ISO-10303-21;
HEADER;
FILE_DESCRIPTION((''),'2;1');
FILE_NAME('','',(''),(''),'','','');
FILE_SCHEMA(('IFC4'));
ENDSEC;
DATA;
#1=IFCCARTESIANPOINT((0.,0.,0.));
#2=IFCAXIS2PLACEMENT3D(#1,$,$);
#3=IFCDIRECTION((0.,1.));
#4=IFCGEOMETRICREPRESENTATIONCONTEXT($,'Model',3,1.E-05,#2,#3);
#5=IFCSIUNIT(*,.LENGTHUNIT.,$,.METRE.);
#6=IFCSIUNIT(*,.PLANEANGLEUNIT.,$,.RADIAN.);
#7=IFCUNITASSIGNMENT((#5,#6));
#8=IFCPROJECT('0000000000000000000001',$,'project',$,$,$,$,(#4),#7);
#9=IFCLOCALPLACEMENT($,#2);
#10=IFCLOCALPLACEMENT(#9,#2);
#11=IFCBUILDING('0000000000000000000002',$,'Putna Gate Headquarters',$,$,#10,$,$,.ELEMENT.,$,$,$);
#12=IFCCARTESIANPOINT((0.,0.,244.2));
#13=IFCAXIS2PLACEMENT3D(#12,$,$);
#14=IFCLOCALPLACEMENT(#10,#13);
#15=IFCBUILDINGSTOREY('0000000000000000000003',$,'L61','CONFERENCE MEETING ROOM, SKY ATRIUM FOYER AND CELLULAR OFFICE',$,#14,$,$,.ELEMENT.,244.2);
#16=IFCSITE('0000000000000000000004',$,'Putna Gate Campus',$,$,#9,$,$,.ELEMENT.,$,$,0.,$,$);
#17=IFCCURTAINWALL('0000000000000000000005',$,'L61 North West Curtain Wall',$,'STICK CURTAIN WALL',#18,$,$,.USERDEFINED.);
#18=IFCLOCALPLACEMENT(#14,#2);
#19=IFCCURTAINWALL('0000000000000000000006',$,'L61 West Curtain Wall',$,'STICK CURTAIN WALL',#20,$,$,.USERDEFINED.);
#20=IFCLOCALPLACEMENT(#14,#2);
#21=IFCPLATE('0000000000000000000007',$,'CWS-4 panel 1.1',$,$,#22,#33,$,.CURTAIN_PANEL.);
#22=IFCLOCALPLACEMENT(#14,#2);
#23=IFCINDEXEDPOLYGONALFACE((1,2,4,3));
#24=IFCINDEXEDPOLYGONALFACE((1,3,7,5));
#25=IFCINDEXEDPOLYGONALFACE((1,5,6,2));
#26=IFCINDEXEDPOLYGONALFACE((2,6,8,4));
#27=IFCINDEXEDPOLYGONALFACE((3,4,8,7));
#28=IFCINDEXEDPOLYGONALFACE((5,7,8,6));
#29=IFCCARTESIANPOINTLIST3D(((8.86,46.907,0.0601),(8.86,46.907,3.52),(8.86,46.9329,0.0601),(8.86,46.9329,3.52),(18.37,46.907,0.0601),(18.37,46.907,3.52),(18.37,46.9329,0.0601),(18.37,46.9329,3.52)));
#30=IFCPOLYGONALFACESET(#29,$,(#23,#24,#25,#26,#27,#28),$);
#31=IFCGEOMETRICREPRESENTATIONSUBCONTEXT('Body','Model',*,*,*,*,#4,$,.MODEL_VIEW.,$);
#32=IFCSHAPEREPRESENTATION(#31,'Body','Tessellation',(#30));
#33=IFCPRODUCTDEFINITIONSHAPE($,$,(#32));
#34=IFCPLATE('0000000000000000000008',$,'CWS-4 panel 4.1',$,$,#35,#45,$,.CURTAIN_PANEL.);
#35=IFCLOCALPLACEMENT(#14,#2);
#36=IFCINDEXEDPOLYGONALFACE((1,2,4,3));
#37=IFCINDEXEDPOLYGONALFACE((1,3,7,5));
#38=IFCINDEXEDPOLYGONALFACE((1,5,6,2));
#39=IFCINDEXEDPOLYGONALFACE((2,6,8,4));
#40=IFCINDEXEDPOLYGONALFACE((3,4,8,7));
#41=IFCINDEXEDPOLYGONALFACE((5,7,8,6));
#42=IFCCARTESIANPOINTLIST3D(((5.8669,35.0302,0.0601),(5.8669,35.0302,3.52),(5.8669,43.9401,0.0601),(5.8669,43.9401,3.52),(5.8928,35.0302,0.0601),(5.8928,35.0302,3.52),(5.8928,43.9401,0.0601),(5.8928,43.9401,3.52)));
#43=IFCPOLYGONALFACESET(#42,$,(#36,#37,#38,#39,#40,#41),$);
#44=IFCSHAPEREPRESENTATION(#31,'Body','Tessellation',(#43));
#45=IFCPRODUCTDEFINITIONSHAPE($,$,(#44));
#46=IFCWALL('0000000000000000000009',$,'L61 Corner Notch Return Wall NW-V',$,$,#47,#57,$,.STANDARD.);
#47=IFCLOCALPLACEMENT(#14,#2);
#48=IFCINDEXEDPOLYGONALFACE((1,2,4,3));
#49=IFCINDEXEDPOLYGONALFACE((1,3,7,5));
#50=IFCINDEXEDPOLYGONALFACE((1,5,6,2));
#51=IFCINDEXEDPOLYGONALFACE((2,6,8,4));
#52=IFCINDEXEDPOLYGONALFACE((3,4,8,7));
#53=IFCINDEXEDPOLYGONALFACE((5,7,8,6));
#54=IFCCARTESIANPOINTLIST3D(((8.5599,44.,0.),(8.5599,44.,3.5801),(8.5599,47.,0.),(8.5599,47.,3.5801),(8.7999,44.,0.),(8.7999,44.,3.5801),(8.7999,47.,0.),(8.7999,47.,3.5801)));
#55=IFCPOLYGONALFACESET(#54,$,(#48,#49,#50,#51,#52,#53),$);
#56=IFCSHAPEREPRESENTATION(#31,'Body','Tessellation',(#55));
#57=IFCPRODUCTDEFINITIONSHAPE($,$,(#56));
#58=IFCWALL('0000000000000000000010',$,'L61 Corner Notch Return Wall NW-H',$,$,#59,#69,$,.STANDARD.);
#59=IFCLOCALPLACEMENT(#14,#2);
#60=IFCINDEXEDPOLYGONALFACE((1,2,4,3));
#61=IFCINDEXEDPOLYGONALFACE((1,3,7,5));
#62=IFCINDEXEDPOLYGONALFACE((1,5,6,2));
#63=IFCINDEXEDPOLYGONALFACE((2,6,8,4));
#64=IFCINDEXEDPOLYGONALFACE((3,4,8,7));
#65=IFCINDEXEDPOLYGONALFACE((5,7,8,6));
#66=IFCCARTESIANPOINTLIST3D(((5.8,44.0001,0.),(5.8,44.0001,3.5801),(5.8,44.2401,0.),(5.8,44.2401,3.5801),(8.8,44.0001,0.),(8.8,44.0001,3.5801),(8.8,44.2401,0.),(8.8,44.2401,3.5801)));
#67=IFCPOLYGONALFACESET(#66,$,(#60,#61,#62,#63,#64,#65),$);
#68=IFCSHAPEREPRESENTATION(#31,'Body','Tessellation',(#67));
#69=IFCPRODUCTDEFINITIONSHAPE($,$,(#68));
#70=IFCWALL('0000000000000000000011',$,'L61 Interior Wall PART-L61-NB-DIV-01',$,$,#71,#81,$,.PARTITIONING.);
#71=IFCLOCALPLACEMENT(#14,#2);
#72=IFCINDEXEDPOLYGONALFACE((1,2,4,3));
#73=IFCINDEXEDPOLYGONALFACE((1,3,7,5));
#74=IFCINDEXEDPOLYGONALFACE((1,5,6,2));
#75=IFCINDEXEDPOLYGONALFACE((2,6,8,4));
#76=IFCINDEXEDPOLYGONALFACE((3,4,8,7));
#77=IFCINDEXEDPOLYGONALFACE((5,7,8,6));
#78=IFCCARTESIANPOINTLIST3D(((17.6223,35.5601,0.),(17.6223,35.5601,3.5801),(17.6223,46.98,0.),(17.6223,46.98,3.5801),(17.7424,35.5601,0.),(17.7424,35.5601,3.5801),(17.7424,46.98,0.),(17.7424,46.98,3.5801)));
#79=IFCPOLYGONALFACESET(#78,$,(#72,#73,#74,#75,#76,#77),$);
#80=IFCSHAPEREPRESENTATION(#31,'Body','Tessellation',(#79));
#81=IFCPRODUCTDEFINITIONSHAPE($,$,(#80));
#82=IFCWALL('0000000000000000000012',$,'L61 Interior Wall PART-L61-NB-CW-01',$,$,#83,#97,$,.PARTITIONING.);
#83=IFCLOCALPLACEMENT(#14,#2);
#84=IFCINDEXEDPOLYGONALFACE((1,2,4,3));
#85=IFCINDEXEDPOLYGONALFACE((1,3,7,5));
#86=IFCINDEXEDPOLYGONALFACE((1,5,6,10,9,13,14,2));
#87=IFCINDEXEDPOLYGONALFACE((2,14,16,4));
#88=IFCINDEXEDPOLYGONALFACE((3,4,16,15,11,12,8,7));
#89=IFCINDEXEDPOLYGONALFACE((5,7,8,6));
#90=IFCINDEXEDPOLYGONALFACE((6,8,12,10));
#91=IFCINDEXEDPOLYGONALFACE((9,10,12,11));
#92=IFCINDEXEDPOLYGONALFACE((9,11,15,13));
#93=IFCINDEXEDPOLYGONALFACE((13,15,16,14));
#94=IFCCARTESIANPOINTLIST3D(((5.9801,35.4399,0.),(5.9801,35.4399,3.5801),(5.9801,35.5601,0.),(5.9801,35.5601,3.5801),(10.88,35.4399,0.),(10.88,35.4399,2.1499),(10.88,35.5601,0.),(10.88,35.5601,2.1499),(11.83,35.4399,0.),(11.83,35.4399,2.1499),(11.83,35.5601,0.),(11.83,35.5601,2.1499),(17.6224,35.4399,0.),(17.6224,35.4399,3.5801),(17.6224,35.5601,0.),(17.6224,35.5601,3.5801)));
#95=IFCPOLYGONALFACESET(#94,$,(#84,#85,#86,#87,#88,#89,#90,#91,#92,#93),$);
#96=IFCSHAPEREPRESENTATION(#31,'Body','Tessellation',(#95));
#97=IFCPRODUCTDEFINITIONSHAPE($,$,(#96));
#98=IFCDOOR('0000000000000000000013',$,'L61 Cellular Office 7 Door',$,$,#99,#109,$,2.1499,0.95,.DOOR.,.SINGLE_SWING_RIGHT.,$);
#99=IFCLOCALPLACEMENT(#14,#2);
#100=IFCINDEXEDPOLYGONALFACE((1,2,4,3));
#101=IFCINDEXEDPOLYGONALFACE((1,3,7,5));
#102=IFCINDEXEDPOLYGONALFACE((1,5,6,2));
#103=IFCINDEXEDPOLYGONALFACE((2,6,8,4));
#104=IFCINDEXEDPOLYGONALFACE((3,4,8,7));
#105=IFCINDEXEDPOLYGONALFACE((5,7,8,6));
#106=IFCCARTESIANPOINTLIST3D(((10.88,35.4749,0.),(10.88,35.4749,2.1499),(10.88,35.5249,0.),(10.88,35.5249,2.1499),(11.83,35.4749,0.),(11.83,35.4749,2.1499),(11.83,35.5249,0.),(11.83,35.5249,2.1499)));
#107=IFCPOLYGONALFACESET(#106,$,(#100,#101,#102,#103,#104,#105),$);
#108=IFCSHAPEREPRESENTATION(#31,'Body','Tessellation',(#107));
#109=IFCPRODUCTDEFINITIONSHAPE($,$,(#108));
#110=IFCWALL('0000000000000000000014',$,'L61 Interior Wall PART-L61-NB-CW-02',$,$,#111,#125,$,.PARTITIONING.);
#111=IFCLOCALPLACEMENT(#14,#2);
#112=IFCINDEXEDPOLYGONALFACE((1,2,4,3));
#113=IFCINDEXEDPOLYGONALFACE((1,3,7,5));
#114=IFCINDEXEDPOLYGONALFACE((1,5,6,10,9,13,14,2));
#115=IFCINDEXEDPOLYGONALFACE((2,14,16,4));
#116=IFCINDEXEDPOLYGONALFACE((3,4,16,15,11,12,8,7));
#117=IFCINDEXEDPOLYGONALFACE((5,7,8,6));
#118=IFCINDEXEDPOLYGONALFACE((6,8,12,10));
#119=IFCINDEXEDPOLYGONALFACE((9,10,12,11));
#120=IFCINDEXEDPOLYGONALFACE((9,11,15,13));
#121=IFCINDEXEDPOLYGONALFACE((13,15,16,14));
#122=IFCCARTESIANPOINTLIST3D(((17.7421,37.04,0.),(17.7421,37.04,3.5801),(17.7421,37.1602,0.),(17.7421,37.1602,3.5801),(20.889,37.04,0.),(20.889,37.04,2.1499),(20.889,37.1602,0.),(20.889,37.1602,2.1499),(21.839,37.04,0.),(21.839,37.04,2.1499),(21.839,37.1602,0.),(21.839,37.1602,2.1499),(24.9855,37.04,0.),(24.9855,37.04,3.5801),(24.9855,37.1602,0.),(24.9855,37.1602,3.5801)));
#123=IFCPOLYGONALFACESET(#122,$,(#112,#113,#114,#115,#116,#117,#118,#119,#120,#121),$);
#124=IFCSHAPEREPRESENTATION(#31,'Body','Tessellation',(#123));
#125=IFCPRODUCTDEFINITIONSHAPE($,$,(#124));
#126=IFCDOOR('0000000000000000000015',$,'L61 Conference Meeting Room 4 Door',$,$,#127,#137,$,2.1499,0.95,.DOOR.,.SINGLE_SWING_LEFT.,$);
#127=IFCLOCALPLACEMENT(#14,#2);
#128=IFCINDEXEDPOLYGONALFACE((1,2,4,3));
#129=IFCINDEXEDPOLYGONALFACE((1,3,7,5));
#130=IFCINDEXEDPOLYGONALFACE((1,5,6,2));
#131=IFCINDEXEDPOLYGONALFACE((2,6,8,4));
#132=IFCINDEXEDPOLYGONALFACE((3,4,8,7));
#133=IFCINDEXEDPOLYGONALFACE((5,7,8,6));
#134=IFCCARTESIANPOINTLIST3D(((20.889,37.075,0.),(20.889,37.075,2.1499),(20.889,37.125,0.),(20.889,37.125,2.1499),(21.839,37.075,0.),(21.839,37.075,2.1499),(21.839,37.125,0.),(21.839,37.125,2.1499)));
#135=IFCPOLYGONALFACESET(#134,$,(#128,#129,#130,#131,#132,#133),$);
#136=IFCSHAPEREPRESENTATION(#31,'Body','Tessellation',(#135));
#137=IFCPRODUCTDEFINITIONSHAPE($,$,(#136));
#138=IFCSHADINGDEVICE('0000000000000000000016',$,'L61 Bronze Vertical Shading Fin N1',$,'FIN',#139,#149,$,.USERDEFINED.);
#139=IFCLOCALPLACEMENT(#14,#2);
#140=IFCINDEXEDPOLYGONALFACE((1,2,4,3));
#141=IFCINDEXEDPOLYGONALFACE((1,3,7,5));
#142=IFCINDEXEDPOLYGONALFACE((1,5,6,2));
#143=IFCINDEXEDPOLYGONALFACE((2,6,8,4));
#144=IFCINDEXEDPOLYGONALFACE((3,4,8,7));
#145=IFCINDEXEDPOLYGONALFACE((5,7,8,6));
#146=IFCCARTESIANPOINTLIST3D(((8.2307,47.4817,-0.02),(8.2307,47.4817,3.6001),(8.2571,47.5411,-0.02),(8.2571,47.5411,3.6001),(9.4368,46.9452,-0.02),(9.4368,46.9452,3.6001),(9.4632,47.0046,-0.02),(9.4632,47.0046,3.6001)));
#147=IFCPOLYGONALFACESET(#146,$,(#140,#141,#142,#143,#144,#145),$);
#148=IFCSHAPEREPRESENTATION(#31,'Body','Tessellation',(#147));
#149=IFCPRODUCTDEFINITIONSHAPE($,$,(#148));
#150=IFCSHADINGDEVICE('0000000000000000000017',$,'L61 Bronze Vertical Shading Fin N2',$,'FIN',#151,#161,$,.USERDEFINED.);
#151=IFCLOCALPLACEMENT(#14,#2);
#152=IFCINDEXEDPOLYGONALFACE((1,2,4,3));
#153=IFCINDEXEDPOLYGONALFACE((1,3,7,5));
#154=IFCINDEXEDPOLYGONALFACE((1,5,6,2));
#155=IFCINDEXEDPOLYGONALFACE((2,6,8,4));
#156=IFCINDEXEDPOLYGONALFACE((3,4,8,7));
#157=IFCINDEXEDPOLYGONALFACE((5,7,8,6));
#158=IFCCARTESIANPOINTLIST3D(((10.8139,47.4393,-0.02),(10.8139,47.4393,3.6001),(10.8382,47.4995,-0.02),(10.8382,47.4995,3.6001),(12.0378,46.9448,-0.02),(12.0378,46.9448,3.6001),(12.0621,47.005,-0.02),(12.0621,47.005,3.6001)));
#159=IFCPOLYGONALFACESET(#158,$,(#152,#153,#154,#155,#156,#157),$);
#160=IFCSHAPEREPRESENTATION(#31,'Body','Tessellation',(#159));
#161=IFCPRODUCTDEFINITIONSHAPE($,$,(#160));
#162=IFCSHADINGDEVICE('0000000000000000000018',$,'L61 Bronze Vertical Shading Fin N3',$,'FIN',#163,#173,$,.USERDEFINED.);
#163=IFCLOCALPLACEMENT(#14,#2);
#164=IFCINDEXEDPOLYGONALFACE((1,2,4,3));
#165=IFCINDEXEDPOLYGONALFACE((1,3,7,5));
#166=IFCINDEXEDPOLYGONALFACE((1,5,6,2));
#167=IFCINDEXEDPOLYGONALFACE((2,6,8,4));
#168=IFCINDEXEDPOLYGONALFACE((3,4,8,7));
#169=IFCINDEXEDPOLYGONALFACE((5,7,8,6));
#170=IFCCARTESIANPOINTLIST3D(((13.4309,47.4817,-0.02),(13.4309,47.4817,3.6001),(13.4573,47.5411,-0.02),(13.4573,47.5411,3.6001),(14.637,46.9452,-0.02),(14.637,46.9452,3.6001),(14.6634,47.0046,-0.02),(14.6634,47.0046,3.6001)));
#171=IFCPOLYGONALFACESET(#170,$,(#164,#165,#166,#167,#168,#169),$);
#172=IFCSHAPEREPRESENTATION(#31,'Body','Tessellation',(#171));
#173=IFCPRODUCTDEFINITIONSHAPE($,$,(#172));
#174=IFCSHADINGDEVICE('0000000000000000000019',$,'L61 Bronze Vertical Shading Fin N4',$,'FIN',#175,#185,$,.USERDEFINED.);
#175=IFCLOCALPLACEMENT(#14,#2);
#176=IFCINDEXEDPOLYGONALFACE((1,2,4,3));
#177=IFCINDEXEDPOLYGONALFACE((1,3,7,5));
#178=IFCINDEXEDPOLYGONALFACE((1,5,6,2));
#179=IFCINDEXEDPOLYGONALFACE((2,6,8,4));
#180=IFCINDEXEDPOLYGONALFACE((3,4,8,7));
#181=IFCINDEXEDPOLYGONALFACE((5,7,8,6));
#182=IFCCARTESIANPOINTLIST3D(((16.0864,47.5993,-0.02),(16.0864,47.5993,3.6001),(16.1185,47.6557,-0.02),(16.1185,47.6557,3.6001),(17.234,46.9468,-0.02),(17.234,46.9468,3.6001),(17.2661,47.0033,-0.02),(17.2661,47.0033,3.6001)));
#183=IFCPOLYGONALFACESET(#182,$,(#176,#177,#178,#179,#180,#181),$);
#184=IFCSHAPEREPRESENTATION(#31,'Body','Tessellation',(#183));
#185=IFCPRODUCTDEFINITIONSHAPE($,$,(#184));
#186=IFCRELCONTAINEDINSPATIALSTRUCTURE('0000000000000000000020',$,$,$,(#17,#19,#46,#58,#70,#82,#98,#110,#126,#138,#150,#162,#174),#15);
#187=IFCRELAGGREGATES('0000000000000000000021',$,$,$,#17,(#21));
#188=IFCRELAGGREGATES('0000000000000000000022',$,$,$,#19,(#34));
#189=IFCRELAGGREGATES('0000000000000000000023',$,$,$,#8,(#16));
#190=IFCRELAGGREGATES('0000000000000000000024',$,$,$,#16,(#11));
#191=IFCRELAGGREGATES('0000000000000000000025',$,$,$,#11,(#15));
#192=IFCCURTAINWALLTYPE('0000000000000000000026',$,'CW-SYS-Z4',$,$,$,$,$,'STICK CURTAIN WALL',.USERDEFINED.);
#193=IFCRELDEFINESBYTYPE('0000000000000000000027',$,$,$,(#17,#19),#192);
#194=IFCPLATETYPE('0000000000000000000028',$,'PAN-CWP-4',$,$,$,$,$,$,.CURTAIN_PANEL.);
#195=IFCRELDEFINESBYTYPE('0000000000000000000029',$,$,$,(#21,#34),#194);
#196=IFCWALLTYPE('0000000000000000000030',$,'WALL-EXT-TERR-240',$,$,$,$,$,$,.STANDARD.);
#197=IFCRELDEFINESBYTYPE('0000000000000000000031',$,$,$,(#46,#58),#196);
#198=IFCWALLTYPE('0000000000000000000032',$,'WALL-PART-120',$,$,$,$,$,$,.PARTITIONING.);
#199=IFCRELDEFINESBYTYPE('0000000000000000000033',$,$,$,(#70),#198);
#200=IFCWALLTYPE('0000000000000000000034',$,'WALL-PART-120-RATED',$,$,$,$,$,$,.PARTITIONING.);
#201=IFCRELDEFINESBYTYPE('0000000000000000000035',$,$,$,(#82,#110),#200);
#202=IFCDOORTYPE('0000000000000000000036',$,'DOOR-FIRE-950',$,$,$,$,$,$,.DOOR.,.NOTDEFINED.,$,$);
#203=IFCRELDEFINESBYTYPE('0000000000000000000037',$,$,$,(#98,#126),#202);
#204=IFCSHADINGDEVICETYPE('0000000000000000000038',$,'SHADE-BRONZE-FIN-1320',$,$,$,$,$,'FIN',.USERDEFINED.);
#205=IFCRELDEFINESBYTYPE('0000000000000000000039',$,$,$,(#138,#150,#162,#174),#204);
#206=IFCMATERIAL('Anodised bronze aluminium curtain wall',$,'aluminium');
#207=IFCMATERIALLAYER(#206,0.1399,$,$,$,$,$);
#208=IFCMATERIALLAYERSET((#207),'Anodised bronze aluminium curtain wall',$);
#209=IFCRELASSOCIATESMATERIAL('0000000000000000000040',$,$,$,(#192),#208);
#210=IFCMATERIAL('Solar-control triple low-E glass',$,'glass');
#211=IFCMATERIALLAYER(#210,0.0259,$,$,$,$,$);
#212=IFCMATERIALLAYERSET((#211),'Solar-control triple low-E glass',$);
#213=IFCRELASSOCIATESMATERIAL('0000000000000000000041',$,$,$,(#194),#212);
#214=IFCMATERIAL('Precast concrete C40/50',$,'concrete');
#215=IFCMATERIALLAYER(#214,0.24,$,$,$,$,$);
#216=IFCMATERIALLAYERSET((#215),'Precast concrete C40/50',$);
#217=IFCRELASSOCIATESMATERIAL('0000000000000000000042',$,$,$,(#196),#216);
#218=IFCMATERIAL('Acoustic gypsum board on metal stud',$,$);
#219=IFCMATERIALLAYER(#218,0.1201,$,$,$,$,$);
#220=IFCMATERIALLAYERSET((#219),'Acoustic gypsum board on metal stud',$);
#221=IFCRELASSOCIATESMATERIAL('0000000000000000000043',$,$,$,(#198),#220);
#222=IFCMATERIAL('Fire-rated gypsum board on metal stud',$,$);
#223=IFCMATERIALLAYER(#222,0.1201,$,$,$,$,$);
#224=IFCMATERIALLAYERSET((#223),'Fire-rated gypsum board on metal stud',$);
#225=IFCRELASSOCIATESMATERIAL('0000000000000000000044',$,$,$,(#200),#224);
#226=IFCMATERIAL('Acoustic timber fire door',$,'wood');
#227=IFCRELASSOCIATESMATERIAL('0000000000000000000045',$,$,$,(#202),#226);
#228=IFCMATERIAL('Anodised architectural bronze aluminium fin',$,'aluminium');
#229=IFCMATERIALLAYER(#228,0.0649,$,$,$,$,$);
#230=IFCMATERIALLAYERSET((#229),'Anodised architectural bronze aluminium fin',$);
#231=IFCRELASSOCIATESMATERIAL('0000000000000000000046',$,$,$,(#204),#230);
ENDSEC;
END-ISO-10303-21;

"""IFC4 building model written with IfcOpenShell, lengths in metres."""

from ifc_helpers import new_model, si_unit, direction, frame, frame_2d, origin, origin_2d, place, context, subcontext, project, spatial, rectangle, extrude, material, layer, layer_set, type_object, element, fill, aggregate, save


model = new_model("IFC4")

# Units and contexts
model_context = context("Model", 3, precision=1e-05, world=origin(), true_north=direction((0.0, 1.0)))
body_context = subcontext(model_context, "Body", "Model", "MODEL_VIEW")
ifc_project = project(units=[si_unit("LENGTHUNIT", "METRE"), si_unit("PLANEANGLEUNIT", "RADIAN")], contexts=[model_context])

# Site, building, storey
site_placement = place(None, origin())
site = spatial("IfcSite", under=ifc_project, at=site_placement, Name="Putna Gate Campus", CompositionType="ELEMENT", RefElevation=0.0)
building_placement = place(site_placement, origin())
building = spatial("IfcBuilding", under=site, at=building_placement, Name="Putna Gate Headquarters", CompositionType="ELEMENT")
storey_placement = place(building_placement, frame((0.0, 0.0, 244.2)))
storey = spatial("IfcBuildingStorey", under=building, at=storey_placement, Name="L61", Description="CONFERENCE MEETING ROOM, SKY ATRIUM FOYER AND CELLULAR OFFICE", CompositionType="ELEMENT", Elevation=244.2)

# Curtain wall
ifc_material_1 = material(Name="Anodised bronze aluminium curtain wall", Category="aluminium")
ifc_layer_1 = layer(ifc_material_1, 0.1399)
ifc_layer_set_1 = layer_set([ifc_layer_1], Name="Anodised bronze aluminium curtain wall")
curtain_wall_type = type_object("IfcCurtainWallType", Name="CW-SYS-Z4", ElementType="STICK CURTAIN WALL", PredefinedType="USERDEFINED", material=ifc_layer_set_1)
curtain_wall_1_placement = place(storey_placement, origin())
curtain_wall_1 = element("IfcCurtainWall", 1, at=curtain_wall_1_placement, inside=storey, type_object=curtain_wall_type, Name="L61 North West Curtain Wall", ObjectType="STICK CURTAIN WALL", PredefinedType="USERDEFINED")

# Curtain wall
curtain_wall_2_placement = place(storey_placement, origin())
curtain_wall_2 = element("IfcCurtainWall", 2, at=curtain_wall_2_placement, inside=storey, type_object=curtain_wall_type, Name="L61 West Curtain Wall", ObjectType="STICK CURTAIN WALL", PredefinedType="USERDEFINED")

# Plates
ifc_material_2 = material(Name="Solar-control triple low-E glass", Category="glass")
ifc_layer_2 = layer(ifc_material_2, 0.0259)
ifc_layer_set_2 = layer_set([ifc_layer_2], Name="Solar-control triple low-E glass")
plate_type = type_object("IfcPlateType", Name="PAN-CWP-4", PredefinedType="CURTAIN_PANEL", material=ifc_layer_set_2)
plate_1_placement = place(storey_placement, frame((13.615, 46.9199, 0.0601), z_axis=(0.0, 0.0, 1.0), x_axis=(1.0, 0.0, 0.0)))
plate_1 = element("IfcPlate", 3, at=plate_1_placement, type_object=plate_type, Name="CWS-4 panel 1.1", PredefinedType="CURTAIN_PANEL", context=body_context, shape_type="SweptSolid", body=[
    extrude(rectangle(XDim=9.51, YDim=0.0259, at=origin_2d()), origin(), (0.0, 0.0, 1.0), 3.46),
])
aggregate(curtain_wall_1, [plate_1])
plate_2_placement = place(storey_placement, frame((5.8799, 39.4851, 0.0601), z_axis=(0.0, 0.0, 1.0), x_axis=(0.0, 1.0, 0.0)))
plate_2 = element("IfcPlate", 4, at=plate_2_placement, type_object=plate_type, Name="CWS-4 panel 4.1", PredefinedType="CURTAIN_PANEL", context=body_context, shape_type="SweptSolid", body=[
    extrude(rectangle(XDim=8.9099, YDim=0.0259, at=origin_2d()), origin(), (0.0, 0.0, 1.0), 3.46),
])
aggregate(curtain_wall_2, [plate_2])

# Walls
ifc_material_3 = material(Name="Precast concrete C40/50", Category="concrete")
ifc_layer_3 = layer(ifc_material_3, 0.24)
ifc_layer_set_3 = layer_set([ifc_layer_3], Name="Precast concrete C40/50")
wall_type_1 = type_object("IfcWallType", Name="WALL-EXT-TERR-240", PredefinedType="STANDARD", material=ifc_layer_set_3)
for number, where, z_axis, x_axis, name in (
    (5, (8.6799, 44.0, 0.0), (0.0, 0.0, 1.0), (0.0, 1.0, 0.0), "L61 Corner Notch Return Wall NW-V"),
    (6, (5.8, 44.1201, 0.0), (0.0, 0.0, 1.0), (1.0, 0.0, 0.0), "L61 Corner Notch Return Wall NW-H"),
):
    element("IfcWall", number, at=place(storey_placement, frame(where, z_axis=z_axis, x_axis=x_axis)), inside=storey, type_object=wall_type_1, Name=name, PredefinedType="STANDARD", context=body_context, shape_type="SweptSolid", body=[
        extrude(rectangle(XDim=3.0, YDim=0.24, at=frame_2d((1.5, 0.0))), origin(), (0.0, 0.0, 1.0), 3.5801),
    ])
ifc_material_4 = material(Name="Acoustic gypsum board on metal stud")
ifc_layer_4 = layer(ifc_material_4, 0.1201)
ifc_layer_set_4 = layer_set([ifc_layer_4], Name="Acoustic gypsum board on metal stud")
wall_type_2 = type_object("IfcWallType", Name="WALL-PART-120", PredefinedType="PARTITIONING", material=ifc_layer_set_4)
wall_1_placement = place(storey_placement, frame((17.6824, 35.5601, 0.0), z_axis=(0.0, 0.0, 1.0), x_axis=(0.0, 1.0, 0.0)))
element("IfcWall", 7, at=wall_1_placement, inside=storey, type_object=wall_type_2, Name="L61 Interior Wall PART-L61-NB-DIV-01", PredefinedType="PARTITIONING", context=body_context, shape_type="SweptSolid", body=[
    extrude(rectangle(XDim=11.4199, YDim=0.1201, at=frame_2d((5.71, 0.0))), origin(), (0.0, 0.0, 1.0), 3.5801),
])

# Walls, openings, doors
ifc_material_5 = material(Name="Fire-rated gypsum board on metal stud")
ifc_layer_5 = layer(ifc_material_5, 0.1201)
ifc_layer_set_5 = layer_set([ifc_layer_5], Name="Fire-rated gypsum board on metal stud")
wall_type_3 = type_object("IfcWallType", Name="WALL-PART-120-RATED", PredefinedType="PARTITIONING", material=ifc_layer_set_5)
wall_2_placement = place(storey_placement, frame((5.98, 35.5, 0.0), z_axis=(0.0, 0.0, 1.0), x_axis=(1.0, 0.0, 0.0)))
wall_2 = element("IfcWall", 8, at=wall_2_placement, inside=storey, type_object=wall_type_3, Name="L61 Interior Wall PART-L61-NB-CW-01", PredefinedType="PARTITIONING", context=body_context, shape_type="SweptSolid", body=[
    extrude(rectangle(XDim=11.6423, YDim=0.1201, at=frame_2d((5.8213, 0.0))), origin(), (0.0, 0.0, 1.0), 3.5801),
])
opening_1_placement = place(wall_2_placement, frame((4.8999, 0.0, 0.0)))
opening_1 = element("IfcOpeningElement", 9, at=opening_1_placement, cuts=wall_2, PredefinedType="OPENING", context=body_context, shape_type="SweptSolid", body=[
    extrude(rectangle(XDim=0.95, YDim=2.1499, at=frame_2d((0.4751, 1.075))), frame((0.0, 0.0701, 0.0), z_axis=(0.0, -1.0, 0.0), x_axis=(1.0, 0.0, 0.0)), (0.0, 0.0, 1.0), 0.1401),
])
ifc_material_6 = material(Name="Acoustic timber fire door", Category="wood")
door_type = type_object("IfcDoorType", Name="DOOR-FIRE-950", OperationType="NOTDEFINED", PredefinedType="DOOR", material=ifc_material_6)
door_1_placement = place(opening_1_placement, origin())
door_1 = element("IfcDoor", 10, at=door_1_placement, inside=storey, type_object=door_type, Name="L61 Cellular Office 7 Door", OperationType="SINGLE_SWING_RIGHT", OverallHeight=2.1499, OverallWidth=0.95, PredefinedType="DOOR", context=body_context, shape_type="SweptSolid", body=[
    extrude(rectangle(XDim=0.95, YDim=2.1499, at=frame_2d((0.4751, 1.075))), frame((0.0, 0.0249, 0.0), z_axis=(0.0, -1.0, 0.0), x_axis=(1.0, 0.0, 0.0)), (0.0, 0.0, 1.0), 0.05),
])
fill(opening_1, door_1)
wall_3_placement = place(storey_placement, frame((17.7422, 37.1001, 0.0), z_axis=(0.0, 0.0, 1.0), x_axis=(1.0, 0.0, 0.0)))
wall_3 = element("IfcWall", 11, at=wall_3_placement, inside=storey, type_object=wall_type_3, Name="L61 Interior Wall PART-L61-NB-CW-02", PredefinedType="PARTITIONING", context=body_context, shape_type="SweptSolid", body=[
    extrude(rectangle(XDim=7.2434, YDim=0.1201, at=frame_2d((3.6216, 0.0))), origin(), (0.0, 0.0, 1.0), 3.5801),
])
opening_2_placement = place(wall_3_placement, frame((3.1467, 0.0, 0.0)))
opening_2 = element("IfcOpeningElement", 12, at=opening_2_placement, cuts=wall_3, PredefinedType="OPENING", context=body_context, shape_type="SweptSolid", body=[
    extrude(rectangle(XDim=0.95, YDim=2.1499, at=frame_2d((0.4751, 1.075))), frame((0.0, 0.0701, 0.0), z_axis=(0.0, -1.0, 0.0), x_axis=(1.0, 0.0, 0.0)), (0.0, 0.0, 1.0), 0.1401),
])
door_2_placement = place(opening_2_placement, origin())
door_2 = element("IfcDoor", 13, at=door_2_placement, inside=storey, type_object=door_type, Name="L61 Conference Meeting Room 4 Door", OperationType="SINGLE_SWING_LEFT", OverallHeight=2.1499, OverallWidth=0.95, PredefinedType="DOOR", context=body_context, shape_type="SweptSolid", body=[
    extrude(rectangle(XDim=0.95, YDim=2.1499, at=frame_2d((0.4751, 1.075))), frame((0.0, 0.0249, 0.0), z_axis=(0.0, -1.0, 0.0), x_axis=(1.0, 0.0, 0.0)), (0.0, 0.0, 1.0), 0.05),
])
fill(opening_2, door_2)

# Shading devices
ifc_material_7 = material(Name="Anodised architectural bronze aluminium fin", Category="aluminium")
ifc_layer_6 = layer(ifc_material_7, 0.0649)
ifc_layer_set_6 = layer_set([ifc_layer_6], Name="Anodised architectural bronze aluminium fin")
shading_device_type = type_object("IfcShadingDeviceType", Name="SHADE-BRONZE-FIN-1320", ElementType="FIN", PredefinedType="USERDEFINED", material=ifc_layer_set_6)
for number, where, z_axis, x_axis, name in (
    (14, (8.8469, 47.2432, -0.02), (0.0, 0.0, 1.0), (-0.913687, 0.406418, 0.0), "L61 Bronze Vertical Shading Fin N1"),
    (15, (11.438, 47.2222, -0.02), (0.0, 0.0, 1.0), (-0.927184, 0.374607, 0.0), "L61 Bronze Vertical Shading Fin N2"),
    (16, (14.0471, 47.2432, -0.02), (0.0, 0.0, 1.0), (-0.913687, 0.406418, 0.0), "L61 Bronze Vertical Shading Fin N3"),
    (17, (16.6763, 47.3013, -0.02), (0.0, 0.0, 1.0), (-0.869322, 0.494245, 0.0), "L61 Bronze Vertical Shading Fin N4"),
):
    element("IfcShadingDevice", number, at=place(storey_placement, frame(where, z_axis=z_axis, x_axis=x_axis)), inside=storey, type_object=shading_device_type, Name=name, ObjectType="FIN", PredefinedType="USERDEFINED", context=body_context, shape_type="SweptSolid", body=[
        extrude(rectangle(XDim=1.3201, YDim=0.0649, at=origin_2d()), origin(), (0.0, 0.0, 1.0), 3.6201),
    ])

save(model, "model.ifc")
